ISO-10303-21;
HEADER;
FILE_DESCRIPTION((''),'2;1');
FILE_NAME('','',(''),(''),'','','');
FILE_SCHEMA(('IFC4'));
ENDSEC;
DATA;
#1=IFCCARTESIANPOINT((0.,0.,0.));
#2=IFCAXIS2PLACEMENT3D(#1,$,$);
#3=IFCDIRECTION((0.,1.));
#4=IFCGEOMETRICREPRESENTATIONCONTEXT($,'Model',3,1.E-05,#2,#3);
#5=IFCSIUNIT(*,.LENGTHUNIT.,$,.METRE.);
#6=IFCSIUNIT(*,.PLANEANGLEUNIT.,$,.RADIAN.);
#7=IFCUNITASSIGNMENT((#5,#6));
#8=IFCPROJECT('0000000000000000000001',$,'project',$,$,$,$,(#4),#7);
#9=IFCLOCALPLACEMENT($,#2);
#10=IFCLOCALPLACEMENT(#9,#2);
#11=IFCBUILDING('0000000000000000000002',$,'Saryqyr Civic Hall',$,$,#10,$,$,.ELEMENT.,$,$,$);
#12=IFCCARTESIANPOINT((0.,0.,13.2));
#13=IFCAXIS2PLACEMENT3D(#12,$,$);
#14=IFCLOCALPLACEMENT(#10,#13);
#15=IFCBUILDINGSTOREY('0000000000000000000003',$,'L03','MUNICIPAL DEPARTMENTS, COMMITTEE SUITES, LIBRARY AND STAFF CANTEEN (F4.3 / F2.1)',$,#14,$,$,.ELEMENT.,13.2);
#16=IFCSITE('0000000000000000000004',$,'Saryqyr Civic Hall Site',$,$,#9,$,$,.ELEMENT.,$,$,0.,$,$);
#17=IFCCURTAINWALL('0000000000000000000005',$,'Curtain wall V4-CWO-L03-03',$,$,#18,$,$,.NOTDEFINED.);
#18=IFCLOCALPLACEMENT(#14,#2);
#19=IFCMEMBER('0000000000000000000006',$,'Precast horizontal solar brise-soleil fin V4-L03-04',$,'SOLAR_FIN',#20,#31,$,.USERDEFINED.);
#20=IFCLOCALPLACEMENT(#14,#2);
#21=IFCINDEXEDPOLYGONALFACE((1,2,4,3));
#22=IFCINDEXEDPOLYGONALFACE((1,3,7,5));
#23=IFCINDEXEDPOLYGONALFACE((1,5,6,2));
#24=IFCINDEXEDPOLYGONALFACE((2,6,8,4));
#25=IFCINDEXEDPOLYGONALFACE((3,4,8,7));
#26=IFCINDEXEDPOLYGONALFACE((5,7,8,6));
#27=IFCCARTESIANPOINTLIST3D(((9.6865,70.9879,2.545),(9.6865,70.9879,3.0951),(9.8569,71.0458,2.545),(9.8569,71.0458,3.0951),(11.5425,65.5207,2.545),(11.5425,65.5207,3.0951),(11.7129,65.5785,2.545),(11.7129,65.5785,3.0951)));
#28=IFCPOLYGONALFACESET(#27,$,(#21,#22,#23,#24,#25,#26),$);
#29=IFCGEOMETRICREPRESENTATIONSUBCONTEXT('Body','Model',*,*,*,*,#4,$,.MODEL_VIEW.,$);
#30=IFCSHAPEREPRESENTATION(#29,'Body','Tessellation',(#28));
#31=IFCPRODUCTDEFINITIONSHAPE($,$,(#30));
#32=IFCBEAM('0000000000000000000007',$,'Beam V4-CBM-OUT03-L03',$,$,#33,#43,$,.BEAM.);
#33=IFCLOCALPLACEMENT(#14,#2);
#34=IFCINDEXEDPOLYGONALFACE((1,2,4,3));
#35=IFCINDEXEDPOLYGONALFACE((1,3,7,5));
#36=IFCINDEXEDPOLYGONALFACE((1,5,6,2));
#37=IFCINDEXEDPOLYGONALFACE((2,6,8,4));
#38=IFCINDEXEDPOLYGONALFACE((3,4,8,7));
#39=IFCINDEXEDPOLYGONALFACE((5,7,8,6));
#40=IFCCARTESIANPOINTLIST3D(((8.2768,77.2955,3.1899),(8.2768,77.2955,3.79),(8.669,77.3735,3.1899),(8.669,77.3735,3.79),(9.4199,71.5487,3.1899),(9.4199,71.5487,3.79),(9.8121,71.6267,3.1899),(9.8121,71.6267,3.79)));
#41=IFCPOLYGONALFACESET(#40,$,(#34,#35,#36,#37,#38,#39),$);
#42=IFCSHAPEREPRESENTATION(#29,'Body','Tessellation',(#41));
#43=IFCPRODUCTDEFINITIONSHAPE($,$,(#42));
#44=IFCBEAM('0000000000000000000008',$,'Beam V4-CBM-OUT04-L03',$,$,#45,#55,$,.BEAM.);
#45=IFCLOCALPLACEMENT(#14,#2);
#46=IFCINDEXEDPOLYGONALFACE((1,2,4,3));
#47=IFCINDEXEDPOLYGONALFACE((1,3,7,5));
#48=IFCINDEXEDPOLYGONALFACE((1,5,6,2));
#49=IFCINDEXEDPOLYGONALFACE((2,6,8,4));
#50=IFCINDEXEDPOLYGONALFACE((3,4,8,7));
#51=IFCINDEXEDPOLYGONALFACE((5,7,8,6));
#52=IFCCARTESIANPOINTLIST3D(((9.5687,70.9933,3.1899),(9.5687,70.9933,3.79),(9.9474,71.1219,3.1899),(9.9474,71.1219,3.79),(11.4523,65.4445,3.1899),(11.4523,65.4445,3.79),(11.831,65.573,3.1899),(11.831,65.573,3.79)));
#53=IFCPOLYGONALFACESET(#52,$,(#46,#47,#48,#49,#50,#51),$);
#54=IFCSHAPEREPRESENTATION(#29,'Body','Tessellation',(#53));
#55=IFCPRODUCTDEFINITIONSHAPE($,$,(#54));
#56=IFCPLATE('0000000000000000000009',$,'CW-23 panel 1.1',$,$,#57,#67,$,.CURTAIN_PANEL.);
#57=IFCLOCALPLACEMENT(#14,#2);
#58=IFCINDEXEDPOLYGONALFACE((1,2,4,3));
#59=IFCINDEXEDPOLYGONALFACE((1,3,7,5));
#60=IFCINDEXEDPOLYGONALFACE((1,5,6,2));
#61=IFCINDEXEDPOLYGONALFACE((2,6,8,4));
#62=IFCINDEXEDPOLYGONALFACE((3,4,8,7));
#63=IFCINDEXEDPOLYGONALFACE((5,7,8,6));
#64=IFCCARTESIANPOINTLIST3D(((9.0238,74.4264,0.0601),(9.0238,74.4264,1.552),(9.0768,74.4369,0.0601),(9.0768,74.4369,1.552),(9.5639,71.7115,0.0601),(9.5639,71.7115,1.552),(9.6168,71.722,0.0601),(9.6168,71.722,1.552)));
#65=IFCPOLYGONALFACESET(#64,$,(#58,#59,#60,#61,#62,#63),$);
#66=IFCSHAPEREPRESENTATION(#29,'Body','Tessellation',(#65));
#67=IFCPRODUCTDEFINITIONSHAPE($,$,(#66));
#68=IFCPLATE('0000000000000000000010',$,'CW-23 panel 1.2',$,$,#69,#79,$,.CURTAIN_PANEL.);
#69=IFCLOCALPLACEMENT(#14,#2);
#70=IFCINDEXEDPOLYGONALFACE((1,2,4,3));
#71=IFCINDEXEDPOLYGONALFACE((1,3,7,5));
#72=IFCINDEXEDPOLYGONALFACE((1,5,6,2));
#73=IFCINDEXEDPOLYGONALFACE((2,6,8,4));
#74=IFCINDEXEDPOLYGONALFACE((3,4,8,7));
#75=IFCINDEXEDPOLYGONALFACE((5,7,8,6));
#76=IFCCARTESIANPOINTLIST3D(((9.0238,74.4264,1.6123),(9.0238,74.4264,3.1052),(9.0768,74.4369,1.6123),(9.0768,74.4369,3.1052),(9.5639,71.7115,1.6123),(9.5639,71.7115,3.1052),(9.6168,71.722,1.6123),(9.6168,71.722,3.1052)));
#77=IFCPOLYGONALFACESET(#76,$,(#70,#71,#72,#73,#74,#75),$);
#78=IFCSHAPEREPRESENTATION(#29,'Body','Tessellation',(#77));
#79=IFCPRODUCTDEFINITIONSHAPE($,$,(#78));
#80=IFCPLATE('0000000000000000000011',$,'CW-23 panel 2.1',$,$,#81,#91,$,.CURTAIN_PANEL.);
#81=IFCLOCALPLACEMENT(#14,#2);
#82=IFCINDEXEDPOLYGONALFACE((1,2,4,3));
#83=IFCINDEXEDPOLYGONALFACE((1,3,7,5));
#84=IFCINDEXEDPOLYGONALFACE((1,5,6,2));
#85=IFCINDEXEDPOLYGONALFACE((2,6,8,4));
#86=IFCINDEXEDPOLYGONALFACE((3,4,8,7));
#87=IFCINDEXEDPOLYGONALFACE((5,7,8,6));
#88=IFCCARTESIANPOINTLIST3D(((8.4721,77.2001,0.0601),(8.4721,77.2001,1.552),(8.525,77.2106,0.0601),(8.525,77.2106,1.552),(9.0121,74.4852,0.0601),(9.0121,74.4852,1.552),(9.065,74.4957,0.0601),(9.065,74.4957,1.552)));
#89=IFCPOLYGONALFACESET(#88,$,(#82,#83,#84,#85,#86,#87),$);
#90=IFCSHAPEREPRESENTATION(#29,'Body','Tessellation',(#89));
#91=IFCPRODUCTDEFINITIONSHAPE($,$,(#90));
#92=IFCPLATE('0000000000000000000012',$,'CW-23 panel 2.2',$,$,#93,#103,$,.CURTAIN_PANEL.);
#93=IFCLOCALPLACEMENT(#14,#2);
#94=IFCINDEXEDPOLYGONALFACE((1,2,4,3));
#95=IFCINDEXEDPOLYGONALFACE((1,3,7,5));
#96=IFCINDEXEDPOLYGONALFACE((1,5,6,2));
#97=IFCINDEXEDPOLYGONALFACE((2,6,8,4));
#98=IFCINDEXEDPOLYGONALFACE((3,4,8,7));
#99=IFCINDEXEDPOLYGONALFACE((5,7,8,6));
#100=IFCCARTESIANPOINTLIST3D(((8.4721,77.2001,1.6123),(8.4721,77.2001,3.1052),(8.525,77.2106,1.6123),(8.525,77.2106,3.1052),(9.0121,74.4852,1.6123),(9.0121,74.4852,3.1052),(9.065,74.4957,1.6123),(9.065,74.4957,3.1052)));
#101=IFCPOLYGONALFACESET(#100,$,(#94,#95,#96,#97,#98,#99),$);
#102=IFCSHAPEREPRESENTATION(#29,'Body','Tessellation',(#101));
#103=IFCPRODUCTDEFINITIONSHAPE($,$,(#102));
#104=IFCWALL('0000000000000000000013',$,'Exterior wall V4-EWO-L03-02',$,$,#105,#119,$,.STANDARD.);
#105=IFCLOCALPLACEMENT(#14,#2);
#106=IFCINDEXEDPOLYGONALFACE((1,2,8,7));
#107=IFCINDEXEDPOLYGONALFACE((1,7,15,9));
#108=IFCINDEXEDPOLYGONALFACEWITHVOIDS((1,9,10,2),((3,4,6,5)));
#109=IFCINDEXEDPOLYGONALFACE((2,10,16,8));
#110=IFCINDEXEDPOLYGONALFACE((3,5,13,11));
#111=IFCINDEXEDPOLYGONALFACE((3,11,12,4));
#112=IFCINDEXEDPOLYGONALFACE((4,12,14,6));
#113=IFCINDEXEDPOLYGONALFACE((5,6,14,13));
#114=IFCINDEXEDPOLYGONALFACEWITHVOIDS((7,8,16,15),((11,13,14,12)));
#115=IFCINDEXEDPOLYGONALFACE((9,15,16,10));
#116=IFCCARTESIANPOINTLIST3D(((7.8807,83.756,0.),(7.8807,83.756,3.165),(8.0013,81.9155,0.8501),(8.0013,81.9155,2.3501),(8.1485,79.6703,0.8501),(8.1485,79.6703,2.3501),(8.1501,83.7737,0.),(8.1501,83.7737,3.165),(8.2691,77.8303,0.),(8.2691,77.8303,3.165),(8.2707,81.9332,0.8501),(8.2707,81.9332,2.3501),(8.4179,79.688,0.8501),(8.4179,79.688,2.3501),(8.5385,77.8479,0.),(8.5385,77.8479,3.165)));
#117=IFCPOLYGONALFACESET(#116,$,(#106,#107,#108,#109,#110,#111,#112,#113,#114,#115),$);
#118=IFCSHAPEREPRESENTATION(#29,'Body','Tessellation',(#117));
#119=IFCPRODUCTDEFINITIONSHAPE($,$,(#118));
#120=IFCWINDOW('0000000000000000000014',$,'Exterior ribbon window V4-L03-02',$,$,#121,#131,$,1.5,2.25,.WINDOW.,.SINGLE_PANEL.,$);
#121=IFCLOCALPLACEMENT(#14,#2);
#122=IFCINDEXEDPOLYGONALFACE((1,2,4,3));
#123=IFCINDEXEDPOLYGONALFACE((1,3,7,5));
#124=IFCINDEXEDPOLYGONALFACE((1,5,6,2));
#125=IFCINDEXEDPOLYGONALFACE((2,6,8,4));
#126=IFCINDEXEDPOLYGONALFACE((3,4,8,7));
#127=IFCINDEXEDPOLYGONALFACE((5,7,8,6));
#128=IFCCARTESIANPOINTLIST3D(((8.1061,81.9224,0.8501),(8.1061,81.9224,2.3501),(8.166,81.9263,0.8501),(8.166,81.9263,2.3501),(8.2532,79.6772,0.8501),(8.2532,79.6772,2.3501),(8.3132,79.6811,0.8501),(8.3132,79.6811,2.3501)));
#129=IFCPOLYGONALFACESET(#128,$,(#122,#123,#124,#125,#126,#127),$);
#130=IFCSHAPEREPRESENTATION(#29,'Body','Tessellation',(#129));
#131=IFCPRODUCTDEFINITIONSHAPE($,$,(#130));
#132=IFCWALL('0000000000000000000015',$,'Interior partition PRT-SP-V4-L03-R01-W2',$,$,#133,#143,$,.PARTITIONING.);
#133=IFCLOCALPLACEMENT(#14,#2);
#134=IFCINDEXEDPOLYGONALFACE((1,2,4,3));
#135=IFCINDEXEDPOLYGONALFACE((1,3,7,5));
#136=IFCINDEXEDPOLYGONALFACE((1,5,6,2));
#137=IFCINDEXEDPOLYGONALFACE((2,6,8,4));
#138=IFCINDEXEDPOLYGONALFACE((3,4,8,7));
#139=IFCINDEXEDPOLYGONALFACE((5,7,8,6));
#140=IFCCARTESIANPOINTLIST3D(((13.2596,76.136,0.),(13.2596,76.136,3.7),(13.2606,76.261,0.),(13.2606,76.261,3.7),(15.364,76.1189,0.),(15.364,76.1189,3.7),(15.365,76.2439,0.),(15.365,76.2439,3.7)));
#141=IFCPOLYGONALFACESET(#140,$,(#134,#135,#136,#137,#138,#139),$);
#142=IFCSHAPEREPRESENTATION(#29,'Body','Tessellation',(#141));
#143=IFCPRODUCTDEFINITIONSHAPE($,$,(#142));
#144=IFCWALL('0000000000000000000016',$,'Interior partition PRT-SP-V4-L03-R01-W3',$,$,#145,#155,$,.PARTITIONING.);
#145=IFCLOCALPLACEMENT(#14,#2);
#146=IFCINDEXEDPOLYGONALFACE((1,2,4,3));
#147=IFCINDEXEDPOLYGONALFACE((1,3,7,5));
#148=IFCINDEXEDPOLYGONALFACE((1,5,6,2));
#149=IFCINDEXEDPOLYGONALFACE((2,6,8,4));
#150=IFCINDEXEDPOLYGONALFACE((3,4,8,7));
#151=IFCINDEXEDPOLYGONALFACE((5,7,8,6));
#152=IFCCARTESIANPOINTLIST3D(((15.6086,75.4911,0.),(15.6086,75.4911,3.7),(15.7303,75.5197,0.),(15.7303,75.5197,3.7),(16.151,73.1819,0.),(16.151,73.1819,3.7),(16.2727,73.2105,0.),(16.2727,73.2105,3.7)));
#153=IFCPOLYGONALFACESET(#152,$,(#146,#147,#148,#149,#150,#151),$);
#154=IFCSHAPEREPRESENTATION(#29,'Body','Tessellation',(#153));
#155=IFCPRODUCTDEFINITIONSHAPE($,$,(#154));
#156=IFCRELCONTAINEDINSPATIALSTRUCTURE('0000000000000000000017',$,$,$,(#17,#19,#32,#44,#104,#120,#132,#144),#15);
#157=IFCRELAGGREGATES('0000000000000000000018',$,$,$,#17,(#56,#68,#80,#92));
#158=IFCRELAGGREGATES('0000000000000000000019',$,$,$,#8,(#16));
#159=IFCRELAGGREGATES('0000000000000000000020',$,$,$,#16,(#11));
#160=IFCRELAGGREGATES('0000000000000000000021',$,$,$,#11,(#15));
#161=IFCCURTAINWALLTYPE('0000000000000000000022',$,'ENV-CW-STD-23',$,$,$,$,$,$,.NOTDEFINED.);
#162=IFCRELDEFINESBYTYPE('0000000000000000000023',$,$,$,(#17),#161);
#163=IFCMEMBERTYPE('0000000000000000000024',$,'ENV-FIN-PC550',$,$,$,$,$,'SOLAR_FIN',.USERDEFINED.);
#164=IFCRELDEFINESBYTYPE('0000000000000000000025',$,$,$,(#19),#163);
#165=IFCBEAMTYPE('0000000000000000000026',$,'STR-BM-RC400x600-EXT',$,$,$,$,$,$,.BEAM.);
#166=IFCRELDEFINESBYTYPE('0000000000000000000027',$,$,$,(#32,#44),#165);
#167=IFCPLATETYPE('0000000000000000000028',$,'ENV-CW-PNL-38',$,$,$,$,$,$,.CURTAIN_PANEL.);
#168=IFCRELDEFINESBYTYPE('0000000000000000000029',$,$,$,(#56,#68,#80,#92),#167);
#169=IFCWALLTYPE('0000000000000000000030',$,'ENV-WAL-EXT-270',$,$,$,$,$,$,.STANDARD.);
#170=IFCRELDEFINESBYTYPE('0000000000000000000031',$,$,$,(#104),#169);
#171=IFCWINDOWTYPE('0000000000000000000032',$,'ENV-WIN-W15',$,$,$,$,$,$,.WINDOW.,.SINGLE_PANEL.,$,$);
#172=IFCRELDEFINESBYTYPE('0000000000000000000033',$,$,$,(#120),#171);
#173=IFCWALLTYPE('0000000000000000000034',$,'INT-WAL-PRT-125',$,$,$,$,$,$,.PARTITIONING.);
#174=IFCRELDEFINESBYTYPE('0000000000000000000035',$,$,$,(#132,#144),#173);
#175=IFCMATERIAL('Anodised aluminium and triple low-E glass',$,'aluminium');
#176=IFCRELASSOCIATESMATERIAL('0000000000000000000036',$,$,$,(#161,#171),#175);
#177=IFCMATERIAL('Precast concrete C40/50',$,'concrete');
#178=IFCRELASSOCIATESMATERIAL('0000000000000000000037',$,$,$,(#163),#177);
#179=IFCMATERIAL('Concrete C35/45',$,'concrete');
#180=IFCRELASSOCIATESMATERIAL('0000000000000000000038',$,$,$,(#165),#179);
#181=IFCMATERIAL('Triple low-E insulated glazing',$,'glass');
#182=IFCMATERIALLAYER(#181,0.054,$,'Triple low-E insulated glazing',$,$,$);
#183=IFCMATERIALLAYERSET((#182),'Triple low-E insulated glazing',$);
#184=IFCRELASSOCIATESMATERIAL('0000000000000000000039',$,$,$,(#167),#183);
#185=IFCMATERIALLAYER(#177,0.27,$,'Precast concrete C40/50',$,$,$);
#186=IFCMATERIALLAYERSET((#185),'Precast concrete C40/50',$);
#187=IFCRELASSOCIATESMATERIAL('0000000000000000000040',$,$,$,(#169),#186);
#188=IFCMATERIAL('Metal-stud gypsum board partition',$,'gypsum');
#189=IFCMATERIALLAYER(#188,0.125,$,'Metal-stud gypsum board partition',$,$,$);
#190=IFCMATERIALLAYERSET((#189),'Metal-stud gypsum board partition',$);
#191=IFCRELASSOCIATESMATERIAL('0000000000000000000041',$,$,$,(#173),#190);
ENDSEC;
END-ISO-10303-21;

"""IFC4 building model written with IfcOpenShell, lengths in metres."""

from ifc_helpers import new_model, si_unit, direction, frame, frame_2d, origin, origin_2d, place, context, subcontext, project, spatial, rectangle, extrude, material, layer, layer_set, material_profile, profile_set, type_object, element, fill, aggregate, save


model = new_model("IFC4")

# Units and contexts
model_context = context("Model", 3, precision=1e-05, world=origin(), true_north=direction((0.0, 1.0)))
body_context = subcontext(model_context, "Body", "Model", "MODEL_VIEW")
ifc_project = project(units=[si_unit("LENGTHUNIT", "METRE"), si_unit("PLANEANGLEUNIT", "RADIAN")], contexts=[model_context])

# Site, building, storey
site_placement = place(None, origin())
site = spatial("IfcSite", under=ifc_project, at=site_placement, Name="Saryqyr Civic Hall Site", CompositionType="ELEMENT", RefElevation=0.0)
building_placement = place(site_placement, origin())
building = spatial("IfcBuilding", under=site, at=building_placement, Name="Saryqyr Civic Hall", CompositionType="ELEMENT")
storey_placement = place(building_placement, frame((0.0, 0.0, 13.2)))
storey = spatial("IfcBuildingStorey", under=building, at=storey_placement, Name="L03", Description="MUNICIPAL DEPARTMENTS, COMMITTEE SUITES, LIBRARY AND STAFF CANTEEN (F4.3 / F2.1)", CompositionType="ELEMENT", Elevation=13.2)

# Curtain wall
ifc_material_1 = material(Name="Anodised aluminium and triple low-E glass", Category="aluminium")
curtain_wall_type = type_object("IfcCurtainWallType", Name="ENV-CW-STD-23", PredefinedType="NOTDEFINED", material=ifc_material_1)
curtain_wall_placement = place(storey_placement, origin())
curtain_wall = element("IfcCurtainWall", 1, at=curtain_wall_placement, inside=storey, type_object=curtain_wall_type, Name="Curtain wall V4-CWO-L03-03", PredefinedType="NOTDEFINED")

# Member
ifc_material_2 = material(Name="Precast concrete C40/50", Category="concrete")
ifc_material_profile_1 = material_profile(ifc_material_2, rectangle(XDim=0.1799, YDim=0.55, at=origin_2d()), Name="PC FIN 180x550")
ifc_profile_set_1 = profile_set([ifc_material_profile_1], Name="Precast concrete C40/50")
member_type_1 = type_object("IfcMemberType", Name="ENV-FIN-PC550", ElementType="SOLAR_FIN", PredefinedType="USERDEFINED", material=ifc_profile_set_1)
member_1_placement = place(storey_placement, frame((9.7717, 71.0168, 2.8201), z_axis=(0.321449, -0.946927, 0.0), x_axis=(0.946927, 0.321449, 0.0)))
element("IfcMember", 2, at=member_1_placement, inside=storey, type_object=member_type_1, Name="Precast horizontal solar brise-soleil fin V4-L03-04", ObjectType="SOLAR_FIN", PredefinedType="USERDEFINED", context=body_context, shape_type="SweptSolid", body=[
    extrude(rectangle(XDim=0.1799, YDim=0.55, at=origin_2d()), origin(), (0.0, 0.0, 1.0), 5.7737),
])

# Beams
ifc_material_3 = material(Name="Concrete C35/45", Category="concrete")
ifc_material_profile_2 = material_profile(ifc_material_3, rectangle(XDim=0.3999, YDim=0.6001, at=origin_2d()), Name="RC 400x600")
ifc_profile_set_2 = profile_set([ifc_material_profile_2], Name="Concrete C35/45")
beam_type = type_object("IfcBeamType", Name="STR-BM-RC400x600-EXT", PredefinedType="BEAM", material=ifc_profile_set_2)
beam_1_placement = place(storey_placement, frame((8.4729, 77.3345, 3.49), z_axis=(0.195082, -0.980787, 0.0), x_axis=(0.980787, 0.195082, 0.0)))
element("IfcBeam", 3, at=beam_1_placement, inside=storey, type_object=beam_type, Name="Beam V4-CBM-OUT03-L03", PredefinedType="BEAM", context=body_context, shape_type="SweptSolid", body=[
    extrude(rectangle(XDim=0.3999, YDim=0.6001, at=origin_2d()), origin(), (0.0, 0.0, 1.0), 5.8594),
])
beam_2_placement = place(storey_placement, frame((9.7581, 71.0576, 3.49), z_axis=(0.321435, -0.946932, 0.0), x_axis=(0.946932, 0.321435, 0.0)))
element("IfcBeam", 4, at=beam_2_placement, inside=storey, type_object=beam_type, Name="Beam V4-CBM-OUT04-L03", PredefinedType="BEAM", context=body_context, shape_type="SweptSolid", body=[
    extrude(rectangle(XDim=0.3999, YDim=0.6001, at=origin_2d()), origin(), (0.0, 0.0, 1.0), 5.8599),
])

# Plates
ifc_material_4 = material(Name="Triple low-E insulated glazing", Category="glass")
ifc_layer_1 = layer(ifc_material_4, 0.054, Name="Triple low-E insulated glazing")
ifc_layer_set_1 = layer_set([ifc_layer_1], Name="Triple low-E insulated glazing")
plate_type = type_object("IfcPlateType", Name="ENV-CW-PNL-38", PredefinedType="CURTAIN_PANEL", material=ifc_layer_set_1)
plate_1_placement = place(storey_placement, frame((9.3203, 73.0742, 0.0601), z_axis=(0.0, 0.0, 1.0), x_axis=(-0.195097, 0.980784, 0.0)))
plate_1 = element("IfcPlate", 5, at=plate_1_placement, type_object=plate_type, Name="CW-23 panel 1.1", PredefinedType="CURTAIN_PANEL", context=body_context, shape_type="SweptSolid", body=[
    extrude(rectangle(XDim=2.7681, YDim=0.054, at=origin_2d()), origin(), (0.0, 0.0, 1.0), 1.4919),
])
plate_2_placement = place(storey_placement, frame((9.3203, 73.0742, 1.6123), z_axis=(0.0, 0.0, 1.0), x_axis=(-0.195097, 0.980784, 0.0)))
plate_2 = element("IfcPlate", 6, at=plate_2_placement, type_object=plate_type, Name="CW-23 panel 1.2", PredefinedType="CURTAIN_PANEL", context=body_context, shape_type="SweptSolid", body=[
    extrude(rectangle(XDim=2.7681, YDim=0.054, at=origin_2d()), origin(), (0.0, 0.0, 1.0), 1.4929),
])
plate_3_placement = place(storey_placement, frame((8.7686, 75.8479, 0.0601), z_axis=(0.0, 0.0, 1.0), x_axis=(-0.195097, 0.980784, 0.0)))
plate_3 = element("IfcPlate", 7, at=plate_3_placement, type_object=plate_type, Name="CW-23 panel 2.1", PredefinedType="CURTAIN_PANEL", context=body_context, shape_type="SweptSolid", body=[
    extrude(rectangle(XDim=2.7681, YDim=0.054, at=origin_2d()), origin(), (0.0, 0.0, 1.0), 1.4919),
])
plate_4_placement = place(storey_placement, frame((8.7686, 75.8479, 1.6123), z_axis=(0.0, 0.0, 1.0), x_axis=(-0.195097, 0.980784, 0.0)))
plate_4 = element("IfcPlate", 8, at=plate_4_placement, type_object=plate_type, Name="CW-23 panel 2.2", PredefinedType="CURTAIN_PANEL", context=body_context, shape_type="SweptSolid", body=[
    extrude(rectangle(XDim=2.7681, YDim=0.054, at=origin_2d()), origin(), (0.0, 0.0, 1.0), 1.4929),
])
aggregate(curtain_wall, [plate_1, plate_2, plate_3, plate_4])

# Wall, opening, window
ifc_layer_2 = layer(ifc_material_2, 0.27, Name="Precast concrete C40/50")
ifc_layer_set_2 = layer_set([ifc_layer_2], Name="Precast concrete C40/50")
wall_type_1 = type_object("IfcWallType", Name="ENV-WAL-EXT-270", PredefinedType="STANDARD", material=ifc_layer_set_2)
wall_1_placement = place(storey_placement, frame((8.4038, 77.8391, 0.0), z_axis=(0.0, 0.0, 1.0), x_axis=(-0.065408, 0.997859, 0.0)))
wall_1 = element("IfcWall", 9, at=wall_1_placement, inside=storey, type_object=wall_type_1, Name="Exterior wall V4-EWO-L03-02", PredefinedType="STANDARD", context=body_context, shape_type="SweptSolid", body=[
    extrude(rectangle(XDim=5.9385, YDim=0.27, at=frame_2d((2.9692, 0.0))), origin(), (0.0, 0.0, 1.0), 3.165),
])
opening_placement = place(wall_1_placement, frame((1.844, 0.0, 0.8501)))
opening = element("IfcOpeningElement", 10, at=opening_placement, cuts=wall_1, PredefinedType="OPENING", context=body_context, shape_type="SweptSolid", body=[
    extrude(rectangle(XDim=2.25, YDim=1.5, at=frame_2d((1.125, 0.75))), frame((0.0, 0.145, 0.0), z_axis=(0.0, -1.0, 0.0), x_axis=(1.0, 0.0, 0.0)), (0.0, 0.0, 1.0), 0.29),
])
window_type = type_object("IfcWindowType", Name="ENV-WIN-W15", PartitioningType="SINGLE_PANEL", PredefinedType="WINDOW", material=ifc_material_1)
window_placement = place(opening_placement, origin())
window = element("IfcWindow", 11, at=window_placement, inside=storey, type_object=window_type, Name="Exterior ribbon window V4-L03-02", OverallHeight=1.5, OverallWidth=2.25, PartitioningType="SINGLE_PANEL", PredefinedType="WINDOW", context=body_context, shape_type="SweptSolid", body=[
    extrude(rectangle(XDim=2.25, YDim=1.5, at=frame_2d((1.125, 0.75))), frame((0.0, 0.03, 0.0), z_axis=(0.0, -1.0, 0.0), x_axis=(1.0, 0.0, 0.0)), (0.0, 0.0, 1.0), 0.0601),
])
fill(opening, window)

# Walls
ifc_material_5 = material(Name="Metal-stud gypsum board partition", Category="gypsum")
ifc_layer_3 = layer(ifc_material_5, 0.125, Name="Metal-stud gypsum board partition")
ifc_layer_set_3 = layer_set([ifc_layer_3], Name="Metal-stud gypsum board partition")
wall_type_2 = type_object("IfcWallType", Name="INT-WAL-PRT-125", PredefinedType="PARTITIONING", material=ifc_layer_set_3)
wall_2_placement = place(storey_placement, frame((15.3645, 76.1814, 0.0), z_axis=(0.0, 0.0, 1.0), x_axis=(-0.999967, 0.00812, 0.0)))
element("IfcWall", 12, at=wall_2_placement, inside=storey, type_object=wall_type_2, Name="Interior partition PRT-SP-V4-L03-R01-W2", PredefinedType="PARTITIONING", context=body_context, shape_type="SweptSolid", body=[
    extrude(rectangle(XDim=2.1045, YDim=0.125, at=frame_2d((1.0522, 0.0))), origin(), (0.0, 0.0, 1.0), 3.7),
])
wall_3_placement = place(storey_placement, frame((15.6694, 75.5054, 0.0), z_axis=(0.0, 0.0, 1.0), x_axis=(0.228684, -0.973501, 0.0)))
element("IfcWall", 13, at=wall_3_placement, inside=storey, type_object=wall_type_2, Name="Interior partition PRT-SP-V4-L03-R01-W3", PredefinedType="PARTITIONING", context=body_context, shape_type="SweptSolid", body=[
    extrude(rectangle(XDim=2.3721, YDim=0.125, at=frame_2d((1.186, 0.0))), origin(), (0.0, 0.0, 1.0), 3.7),
])

save(model, "model.ifc")
